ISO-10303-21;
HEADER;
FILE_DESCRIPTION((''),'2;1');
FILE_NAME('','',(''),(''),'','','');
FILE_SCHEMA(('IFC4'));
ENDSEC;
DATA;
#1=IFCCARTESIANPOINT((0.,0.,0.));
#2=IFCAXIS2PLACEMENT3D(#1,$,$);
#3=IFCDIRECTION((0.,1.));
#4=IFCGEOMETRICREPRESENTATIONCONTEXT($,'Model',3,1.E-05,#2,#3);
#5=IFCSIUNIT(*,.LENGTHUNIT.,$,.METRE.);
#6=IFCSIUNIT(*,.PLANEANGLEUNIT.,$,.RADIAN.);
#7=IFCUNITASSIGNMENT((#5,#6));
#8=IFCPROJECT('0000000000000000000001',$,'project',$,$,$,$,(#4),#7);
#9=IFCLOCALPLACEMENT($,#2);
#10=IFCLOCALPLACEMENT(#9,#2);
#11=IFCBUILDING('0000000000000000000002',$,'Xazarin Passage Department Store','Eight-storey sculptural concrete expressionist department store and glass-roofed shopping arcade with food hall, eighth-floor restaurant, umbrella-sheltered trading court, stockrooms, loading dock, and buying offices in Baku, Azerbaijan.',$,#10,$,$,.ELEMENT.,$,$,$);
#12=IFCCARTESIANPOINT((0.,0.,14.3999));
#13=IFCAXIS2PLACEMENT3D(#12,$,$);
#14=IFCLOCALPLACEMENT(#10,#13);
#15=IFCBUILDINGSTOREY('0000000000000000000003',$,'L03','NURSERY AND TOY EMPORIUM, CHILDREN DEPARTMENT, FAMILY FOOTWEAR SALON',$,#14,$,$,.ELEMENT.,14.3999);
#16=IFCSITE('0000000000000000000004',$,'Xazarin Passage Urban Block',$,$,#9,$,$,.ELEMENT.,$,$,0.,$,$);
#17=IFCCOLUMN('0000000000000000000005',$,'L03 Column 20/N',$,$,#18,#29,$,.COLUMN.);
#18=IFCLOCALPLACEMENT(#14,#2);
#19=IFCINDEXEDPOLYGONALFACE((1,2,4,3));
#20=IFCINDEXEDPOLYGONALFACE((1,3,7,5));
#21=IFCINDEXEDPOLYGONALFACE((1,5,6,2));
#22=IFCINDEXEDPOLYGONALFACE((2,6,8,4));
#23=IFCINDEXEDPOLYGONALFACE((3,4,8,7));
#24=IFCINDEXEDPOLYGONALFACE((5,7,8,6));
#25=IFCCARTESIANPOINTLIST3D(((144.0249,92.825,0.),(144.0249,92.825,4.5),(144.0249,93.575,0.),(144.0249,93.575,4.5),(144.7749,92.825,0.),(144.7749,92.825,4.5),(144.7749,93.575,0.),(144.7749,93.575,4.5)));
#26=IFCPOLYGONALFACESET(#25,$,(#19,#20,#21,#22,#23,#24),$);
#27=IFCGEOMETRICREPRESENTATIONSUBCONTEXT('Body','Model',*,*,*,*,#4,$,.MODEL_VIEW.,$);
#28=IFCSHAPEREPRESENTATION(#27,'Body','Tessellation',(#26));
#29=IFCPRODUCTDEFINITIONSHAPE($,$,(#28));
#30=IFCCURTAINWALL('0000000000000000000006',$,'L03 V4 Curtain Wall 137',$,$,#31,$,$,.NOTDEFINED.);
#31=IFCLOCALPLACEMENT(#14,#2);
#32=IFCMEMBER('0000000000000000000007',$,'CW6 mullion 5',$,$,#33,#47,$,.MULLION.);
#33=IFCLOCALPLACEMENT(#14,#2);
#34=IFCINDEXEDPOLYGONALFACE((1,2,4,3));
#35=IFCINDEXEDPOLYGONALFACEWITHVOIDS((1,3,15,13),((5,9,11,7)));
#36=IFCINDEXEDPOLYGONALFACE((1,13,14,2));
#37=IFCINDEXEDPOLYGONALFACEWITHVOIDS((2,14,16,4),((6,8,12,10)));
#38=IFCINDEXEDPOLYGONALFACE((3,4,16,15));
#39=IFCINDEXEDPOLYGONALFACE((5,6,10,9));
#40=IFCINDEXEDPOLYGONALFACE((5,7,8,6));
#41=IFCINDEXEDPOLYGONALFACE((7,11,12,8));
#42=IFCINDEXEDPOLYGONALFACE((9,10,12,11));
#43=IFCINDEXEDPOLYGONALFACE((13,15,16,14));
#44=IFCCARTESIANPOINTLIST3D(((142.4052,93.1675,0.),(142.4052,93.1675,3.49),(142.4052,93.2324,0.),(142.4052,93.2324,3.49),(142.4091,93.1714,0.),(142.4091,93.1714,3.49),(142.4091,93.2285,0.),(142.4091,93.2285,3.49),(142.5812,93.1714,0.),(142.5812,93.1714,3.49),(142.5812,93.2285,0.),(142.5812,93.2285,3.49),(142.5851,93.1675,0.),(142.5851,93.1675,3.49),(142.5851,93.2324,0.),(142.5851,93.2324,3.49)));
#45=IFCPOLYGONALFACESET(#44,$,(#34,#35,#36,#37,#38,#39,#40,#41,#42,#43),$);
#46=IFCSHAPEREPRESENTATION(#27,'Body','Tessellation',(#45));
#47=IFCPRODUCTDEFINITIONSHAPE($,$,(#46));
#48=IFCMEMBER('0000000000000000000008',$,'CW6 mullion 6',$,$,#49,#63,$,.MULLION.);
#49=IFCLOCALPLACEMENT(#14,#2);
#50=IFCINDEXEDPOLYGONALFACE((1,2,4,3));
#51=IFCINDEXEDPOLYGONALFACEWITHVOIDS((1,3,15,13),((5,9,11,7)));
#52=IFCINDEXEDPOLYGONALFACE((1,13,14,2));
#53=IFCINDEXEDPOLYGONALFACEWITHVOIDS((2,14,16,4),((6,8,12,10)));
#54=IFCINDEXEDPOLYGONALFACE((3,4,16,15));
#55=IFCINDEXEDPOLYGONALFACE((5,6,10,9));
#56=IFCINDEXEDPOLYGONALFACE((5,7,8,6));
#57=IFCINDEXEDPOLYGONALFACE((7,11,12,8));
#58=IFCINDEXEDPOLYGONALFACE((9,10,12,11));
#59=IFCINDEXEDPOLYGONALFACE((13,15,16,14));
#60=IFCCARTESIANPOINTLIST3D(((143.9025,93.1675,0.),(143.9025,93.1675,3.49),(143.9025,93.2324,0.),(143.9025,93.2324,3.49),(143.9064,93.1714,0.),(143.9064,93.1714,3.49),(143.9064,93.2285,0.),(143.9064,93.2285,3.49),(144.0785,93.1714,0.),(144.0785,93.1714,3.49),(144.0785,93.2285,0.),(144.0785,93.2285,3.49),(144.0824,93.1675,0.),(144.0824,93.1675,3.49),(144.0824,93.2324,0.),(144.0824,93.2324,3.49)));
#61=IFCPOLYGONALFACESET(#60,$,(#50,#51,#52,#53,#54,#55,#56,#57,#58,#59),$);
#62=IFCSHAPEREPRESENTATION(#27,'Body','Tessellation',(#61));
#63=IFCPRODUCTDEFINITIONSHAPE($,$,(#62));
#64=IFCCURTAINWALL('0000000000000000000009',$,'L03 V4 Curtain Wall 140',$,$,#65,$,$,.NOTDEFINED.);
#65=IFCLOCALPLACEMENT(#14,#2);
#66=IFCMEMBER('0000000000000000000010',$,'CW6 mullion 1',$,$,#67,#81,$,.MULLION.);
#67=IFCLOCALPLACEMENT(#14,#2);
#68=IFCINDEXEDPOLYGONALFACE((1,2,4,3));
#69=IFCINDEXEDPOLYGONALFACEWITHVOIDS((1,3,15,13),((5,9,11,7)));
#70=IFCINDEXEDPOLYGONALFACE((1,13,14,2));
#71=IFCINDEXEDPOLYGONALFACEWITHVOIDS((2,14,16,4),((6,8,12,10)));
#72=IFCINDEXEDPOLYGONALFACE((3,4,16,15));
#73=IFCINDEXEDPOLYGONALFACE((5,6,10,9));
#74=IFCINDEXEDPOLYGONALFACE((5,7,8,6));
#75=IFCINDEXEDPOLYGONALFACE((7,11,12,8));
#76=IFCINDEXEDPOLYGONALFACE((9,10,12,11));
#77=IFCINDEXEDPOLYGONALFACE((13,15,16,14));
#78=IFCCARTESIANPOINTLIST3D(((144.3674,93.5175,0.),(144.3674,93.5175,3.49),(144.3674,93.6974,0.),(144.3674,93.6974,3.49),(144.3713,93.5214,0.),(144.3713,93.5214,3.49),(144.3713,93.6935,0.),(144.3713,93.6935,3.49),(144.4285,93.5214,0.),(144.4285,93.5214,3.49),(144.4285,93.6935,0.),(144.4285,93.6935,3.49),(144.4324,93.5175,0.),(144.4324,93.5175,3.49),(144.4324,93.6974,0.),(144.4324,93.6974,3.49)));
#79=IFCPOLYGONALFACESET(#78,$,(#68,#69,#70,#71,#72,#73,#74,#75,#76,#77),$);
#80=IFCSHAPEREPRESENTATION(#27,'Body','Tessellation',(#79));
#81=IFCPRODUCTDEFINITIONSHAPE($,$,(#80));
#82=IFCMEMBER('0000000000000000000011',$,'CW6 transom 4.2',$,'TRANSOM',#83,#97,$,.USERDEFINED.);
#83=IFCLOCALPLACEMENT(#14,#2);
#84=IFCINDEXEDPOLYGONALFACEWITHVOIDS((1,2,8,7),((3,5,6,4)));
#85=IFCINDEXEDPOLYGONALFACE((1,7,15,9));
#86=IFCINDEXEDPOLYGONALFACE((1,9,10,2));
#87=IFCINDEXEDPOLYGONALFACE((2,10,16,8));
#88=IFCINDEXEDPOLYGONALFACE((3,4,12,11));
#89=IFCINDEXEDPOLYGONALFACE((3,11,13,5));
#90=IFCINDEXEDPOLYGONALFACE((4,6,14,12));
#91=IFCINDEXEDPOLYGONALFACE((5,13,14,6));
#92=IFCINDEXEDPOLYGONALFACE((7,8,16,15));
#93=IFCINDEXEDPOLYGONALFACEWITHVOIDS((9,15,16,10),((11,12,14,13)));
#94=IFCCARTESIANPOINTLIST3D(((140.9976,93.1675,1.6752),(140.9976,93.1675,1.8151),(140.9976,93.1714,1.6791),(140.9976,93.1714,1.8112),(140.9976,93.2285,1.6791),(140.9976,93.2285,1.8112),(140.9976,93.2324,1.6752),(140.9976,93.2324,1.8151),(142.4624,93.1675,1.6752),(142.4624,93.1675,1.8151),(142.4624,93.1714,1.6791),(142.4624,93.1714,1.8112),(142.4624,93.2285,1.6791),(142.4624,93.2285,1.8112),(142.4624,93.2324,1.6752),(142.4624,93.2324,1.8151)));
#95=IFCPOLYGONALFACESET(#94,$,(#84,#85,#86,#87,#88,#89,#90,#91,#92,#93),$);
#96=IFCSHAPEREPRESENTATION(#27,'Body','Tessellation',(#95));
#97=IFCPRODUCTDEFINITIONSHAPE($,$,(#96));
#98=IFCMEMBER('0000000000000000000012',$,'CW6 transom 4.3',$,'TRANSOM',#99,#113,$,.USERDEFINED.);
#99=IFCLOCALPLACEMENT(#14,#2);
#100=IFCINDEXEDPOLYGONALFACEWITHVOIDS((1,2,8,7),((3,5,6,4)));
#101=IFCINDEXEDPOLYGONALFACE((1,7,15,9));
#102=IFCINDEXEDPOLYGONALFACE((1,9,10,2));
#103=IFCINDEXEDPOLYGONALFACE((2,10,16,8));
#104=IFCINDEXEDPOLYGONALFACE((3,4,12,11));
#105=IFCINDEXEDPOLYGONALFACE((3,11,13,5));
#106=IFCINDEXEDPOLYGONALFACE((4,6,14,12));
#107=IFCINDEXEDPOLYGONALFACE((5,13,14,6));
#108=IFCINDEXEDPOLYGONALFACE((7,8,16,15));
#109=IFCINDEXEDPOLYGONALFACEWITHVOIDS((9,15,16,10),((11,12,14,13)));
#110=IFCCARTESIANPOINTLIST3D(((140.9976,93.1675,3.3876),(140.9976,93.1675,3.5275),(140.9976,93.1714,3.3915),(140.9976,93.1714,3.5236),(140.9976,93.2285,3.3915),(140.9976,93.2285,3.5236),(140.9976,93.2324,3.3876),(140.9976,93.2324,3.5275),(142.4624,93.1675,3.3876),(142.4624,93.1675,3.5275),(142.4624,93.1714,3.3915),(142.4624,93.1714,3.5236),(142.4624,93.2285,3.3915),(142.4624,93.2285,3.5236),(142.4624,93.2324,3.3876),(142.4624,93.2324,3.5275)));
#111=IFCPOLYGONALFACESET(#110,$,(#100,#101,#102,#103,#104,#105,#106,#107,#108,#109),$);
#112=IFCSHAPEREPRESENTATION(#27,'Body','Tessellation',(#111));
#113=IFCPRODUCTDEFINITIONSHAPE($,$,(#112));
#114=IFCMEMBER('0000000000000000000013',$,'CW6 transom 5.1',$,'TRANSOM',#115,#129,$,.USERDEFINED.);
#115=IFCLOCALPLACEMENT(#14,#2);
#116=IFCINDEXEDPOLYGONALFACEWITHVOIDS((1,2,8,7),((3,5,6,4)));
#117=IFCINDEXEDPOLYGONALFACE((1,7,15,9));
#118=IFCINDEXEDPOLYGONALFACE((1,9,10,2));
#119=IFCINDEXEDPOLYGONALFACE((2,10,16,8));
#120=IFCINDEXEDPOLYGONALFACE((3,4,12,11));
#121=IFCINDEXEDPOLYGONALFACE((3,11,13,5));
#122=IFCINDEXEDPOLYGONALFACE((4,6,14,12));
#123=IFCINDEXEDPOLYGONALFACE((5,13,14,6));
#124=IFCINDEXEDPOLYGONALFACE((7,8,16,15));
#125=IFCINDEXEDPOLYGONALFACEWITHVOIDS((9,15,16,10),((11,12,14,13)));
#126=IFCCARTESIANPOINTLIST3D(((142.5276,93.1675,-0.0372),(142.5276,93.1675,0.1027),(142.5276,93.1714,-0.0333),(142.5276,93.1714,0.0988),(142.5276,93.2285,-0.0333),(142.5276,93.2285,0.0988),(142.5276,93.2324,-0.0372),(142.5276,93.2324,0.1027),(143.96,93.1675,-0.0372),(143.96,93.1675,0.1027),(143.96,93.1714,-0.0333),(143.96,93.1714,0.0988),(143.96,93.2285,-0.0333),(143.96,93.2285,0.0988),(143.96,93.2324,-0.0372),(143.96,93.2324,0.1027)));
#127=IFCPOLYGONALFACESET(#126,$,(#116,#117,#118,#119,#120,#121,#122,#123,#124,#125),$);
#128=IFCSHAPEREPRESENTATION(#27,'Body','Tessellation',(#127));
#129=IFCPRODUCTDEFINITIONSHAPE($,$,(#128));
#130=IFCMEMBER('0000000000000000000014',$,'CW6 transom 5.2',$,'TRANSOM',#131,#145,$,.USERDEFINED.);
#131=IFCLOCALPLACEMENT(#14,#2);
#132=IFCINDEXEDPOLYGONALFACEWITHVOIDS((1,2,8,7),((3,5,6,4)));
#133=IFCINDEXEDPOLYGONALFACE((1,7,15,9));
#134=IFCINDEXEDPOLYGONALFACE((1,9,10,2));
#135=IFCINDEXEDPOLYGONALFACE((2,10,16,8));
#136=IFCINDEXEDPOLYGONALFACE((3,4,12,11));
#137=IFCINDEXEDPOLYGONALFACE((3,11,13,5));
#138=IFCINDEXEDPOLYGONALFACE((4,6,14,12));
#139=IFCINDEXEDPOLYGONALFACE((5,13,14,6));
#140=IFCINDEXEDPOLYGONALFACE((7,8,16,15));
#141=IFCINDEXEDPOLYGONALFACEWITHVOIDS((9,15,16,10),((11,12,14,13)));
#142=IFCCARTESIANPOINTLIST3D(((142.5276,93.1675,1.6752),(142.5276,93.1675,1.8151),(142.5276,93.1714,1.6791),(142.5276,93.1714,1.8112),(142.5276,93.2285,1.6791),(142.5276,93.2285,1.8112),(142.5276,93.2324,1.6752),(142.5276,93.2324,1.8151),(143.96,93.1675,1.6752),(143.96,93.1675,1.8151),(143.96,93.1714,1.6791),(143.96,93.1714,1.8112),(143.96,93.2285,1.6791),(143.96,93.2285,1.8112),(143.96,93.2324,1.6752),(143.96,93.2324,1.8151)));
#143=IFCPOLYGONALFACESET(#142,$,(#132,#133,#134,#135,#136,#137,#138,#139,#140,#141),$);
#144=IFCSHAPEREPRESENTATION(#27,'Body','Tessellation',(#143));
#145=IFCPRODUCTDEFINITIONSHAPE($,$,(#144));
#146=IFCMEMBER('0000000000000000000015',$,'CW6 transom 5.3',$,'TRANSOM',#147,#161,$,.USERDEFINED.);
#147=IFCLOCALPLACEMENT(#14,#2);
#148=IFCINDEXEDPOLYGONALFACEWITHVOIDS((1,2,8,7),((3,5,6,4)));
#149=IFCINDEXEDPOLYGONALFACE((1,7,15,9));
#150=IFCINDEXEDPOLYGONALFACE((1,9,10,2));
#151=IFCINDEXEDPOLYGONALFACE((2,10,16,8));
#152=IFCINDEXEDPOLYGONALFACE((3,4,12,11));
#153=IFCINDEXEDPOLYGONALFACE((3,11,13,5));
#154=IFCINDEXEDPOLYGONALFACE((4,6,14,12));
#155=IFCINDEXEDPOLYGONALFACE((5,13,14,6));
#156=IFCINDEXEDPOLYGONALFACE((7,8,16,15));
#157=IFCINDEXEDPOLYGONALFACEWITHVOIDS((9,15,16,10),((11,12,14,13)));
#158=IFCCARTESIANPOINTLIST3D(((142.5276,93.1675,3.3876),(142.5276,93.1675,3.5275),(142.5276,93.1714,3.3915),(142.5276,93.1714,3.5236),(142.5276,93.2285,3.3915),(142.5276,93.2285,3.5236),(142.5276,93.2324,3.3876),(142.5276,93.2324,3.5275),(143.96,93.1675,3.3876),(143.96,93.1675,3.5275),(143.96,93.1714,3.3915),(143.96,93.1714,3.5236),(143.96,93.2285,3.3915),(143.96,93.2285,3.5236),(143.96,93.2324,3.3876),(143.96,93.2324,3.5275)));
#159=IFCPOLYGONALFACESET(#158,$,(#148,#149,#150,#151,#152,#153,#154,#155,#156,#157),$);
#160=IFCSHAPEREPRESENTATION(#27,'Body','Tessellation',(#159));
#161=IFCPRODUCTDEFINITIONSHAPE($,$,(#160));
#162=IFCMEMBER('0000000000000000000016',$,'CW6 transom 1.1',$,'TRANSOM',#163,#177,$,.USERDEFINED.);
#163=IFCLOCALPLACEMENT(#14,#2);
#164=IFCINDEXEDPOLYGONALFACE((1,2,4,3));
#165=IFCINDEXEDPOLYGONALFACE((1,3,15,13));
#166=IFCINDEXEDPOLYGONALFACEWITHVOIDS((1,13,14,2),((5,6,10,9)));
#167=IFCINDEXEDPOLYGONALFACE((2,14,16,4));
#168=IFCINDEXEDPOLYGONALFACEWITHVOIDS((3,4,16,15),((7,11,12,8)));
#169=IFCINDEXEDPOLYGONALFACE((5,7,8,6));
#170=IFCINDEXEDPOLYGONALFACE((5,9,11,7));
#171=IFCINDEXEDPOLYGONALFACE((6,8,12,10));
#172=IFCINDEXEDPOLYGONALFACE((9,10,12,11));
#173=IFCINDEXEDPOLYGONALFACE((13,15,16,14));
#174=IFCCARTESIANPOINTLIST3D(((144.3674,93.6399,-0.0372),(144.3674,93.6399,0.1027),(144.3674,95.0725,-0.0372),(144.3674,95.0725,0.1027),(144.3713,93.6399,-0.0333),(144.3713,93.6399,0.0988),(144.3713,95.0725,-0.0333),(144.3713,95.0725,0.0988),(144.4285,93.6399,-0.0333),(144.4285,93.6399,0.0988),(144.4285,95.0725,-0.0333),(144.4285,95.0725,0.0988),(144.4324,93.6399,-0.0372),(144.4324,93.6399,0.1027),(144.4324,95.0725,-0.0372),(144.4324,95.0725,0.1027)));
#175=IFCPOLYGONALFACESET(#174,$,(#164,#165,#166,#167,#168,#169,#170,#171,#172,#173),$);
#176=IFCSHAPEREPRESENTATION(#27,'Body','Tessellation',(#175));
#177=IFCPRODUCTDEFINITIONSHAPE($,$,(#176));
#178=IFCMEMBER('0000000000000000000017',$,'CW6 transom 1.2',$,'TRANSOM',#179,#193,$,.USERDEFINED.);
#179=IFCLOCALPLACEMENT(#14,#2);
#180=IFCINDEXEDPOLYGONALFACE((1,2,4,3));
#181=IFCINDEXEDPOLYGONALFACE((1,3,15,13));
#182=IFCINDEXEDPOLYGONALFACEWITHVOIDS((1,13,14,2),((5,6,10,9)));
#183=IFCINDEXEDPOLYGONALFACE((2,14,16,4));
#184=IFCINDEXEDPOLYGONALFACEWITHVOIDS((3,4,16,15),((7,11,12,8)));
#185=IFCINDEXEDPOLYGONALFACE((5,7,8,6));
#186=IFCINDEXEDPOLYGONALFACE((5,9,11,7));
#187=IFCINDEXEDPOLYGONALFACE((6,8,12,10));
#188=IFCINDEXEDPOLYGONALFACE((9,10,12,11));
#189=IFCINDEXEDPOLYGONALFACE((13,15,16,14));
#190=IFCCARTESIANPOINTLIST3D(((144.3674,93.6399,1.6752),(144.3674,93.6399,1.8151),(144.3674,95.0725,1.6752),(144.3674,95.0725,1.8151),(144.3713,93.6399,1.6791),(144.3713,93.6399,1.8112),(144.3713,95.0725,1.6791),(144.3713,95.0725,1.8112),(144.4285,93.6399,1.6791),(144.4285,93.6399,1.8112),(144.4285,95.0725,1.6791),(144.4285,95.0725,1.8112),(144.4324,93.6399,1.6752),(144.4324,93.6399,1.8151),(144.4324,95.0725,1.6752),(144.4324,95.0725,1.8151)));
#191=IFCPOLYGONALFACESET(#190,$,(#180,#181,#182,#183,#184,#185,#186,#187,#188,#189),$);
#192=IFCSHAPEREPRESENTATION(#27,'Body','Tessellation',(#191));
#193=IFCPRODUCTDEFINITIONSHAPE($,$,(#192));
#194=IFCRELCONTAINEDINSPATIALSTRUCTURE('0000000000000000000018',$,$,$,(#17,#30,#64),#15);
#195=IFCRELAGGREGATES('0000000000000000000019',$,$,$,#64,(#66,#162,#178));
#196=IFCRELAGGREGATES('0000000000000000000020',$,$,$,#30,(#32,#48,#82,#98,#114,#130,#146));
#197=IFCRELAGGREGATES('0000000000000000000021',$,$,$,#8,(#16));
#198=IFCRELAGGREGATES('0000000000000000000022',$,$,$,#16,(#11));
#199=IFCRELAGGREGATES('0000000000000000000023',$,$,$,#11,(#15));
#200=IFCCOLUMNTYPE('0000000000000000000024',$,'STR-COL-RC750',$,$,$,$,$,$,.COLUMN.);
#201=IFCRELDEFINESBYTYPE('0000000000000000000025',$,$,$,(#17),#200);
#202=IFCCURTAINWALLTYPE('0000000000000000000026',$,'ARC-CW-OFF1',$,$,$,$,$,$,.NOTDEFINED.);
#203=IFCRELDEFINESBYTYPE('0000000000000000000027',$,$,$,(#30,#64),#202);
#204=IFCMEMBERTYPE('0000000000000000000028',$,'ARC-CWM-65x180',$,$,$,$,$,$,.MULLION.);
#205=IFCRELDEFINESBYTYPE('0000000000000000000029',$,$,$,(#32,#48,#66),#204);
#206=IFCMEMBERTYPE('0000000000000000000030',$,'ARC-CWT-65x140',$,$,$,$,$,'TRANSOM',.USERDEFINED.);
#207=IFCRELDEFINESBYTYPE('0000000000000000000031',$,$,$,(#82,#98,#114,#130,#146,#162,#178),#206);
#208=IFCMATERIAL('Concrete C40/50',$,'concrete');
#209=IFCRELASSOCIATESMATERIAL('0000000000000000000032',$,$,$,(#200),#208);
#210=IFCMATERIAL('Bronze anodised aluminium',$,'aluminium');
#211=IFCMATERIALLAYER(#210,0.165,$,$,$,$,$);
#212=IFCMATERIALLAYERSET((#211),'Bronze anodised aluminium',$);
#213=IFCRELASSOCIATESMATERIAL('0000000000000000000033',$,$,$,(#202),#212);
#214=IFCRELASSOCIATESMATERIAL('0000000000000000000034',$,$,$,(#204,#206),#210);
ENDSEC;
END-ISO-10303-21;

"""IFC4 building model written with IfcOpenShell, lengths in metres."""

from ifc_helpers import new_model, si_unit, direction, frame, origin, origin_2d, place, context, subcontext, project, spatial, rectangle, hollow_rectangle, extrude, material, layer, layer_set, material_profile, profile_set, type_object, element, aggregate, save


model = new_model("IFC4")

# Units and contexts
model_context = context("Model", 3, precision=1e-05, world=origin(), true_north=direction((0.0, 1.0)))
body_context = subcontext(model_context, "Body", "Model", "MODEL_VIEW")
ifc_project = project(units=[si_unit("LENGTHUNIT", "METRE"), si_unit("PLANEANGLEUNIT", "RADIAN")], contexts=[model_context])

# Site, building, storey
site_placement = place(None, origin())
site = spatial("IfcSite", under=ifc_project, at=site_placement, Name="Xazarin Passage Urban Block", CompositionType="ELEMENT", RefElevation=0.0)
building_placement = place(site_placement, origin())
building = spatial("IfcBuilding", under=site, at=building_placement, Name="Xazarin Passage Department Store", Description="Eight-storey sculptural concrete expressionist department store and glass-roofed shopping arcade with food hall, eighth-floor restaurant, umbrella-sheltered trading court, stockrooms, loading dock, and buying offices in Baku, Azerbaijan.", CompositionType="ELEMENT")
storey_placement = place(building_placement, frame((0.0, 0.0, 14.3999)))
storey = spatial("IfcBuildingStorey", under=building, at=storey_placement, Name="L03", Description="NURSERY AND TOY EMPORIUM, CHILDREN DEPARTMENT, FAMILY FOOTWEAR SALON", CompositionType="ELEMENT", Elevation=14.3999)

# Column
ifc_material_1 = material(Name="Concrete C40/50", Category="concrete")
ifc_material_profile_1 = material_profile(ifc_material_1, rectangle(XDim=0.75, YDim=0.75, at=origin_2d()), Name="RC 750x750")
ifc_profile_set_1 = profile_set([ifc_material_profile_1], Name="Concrete C40/50")
column_type = type_object("IfcColumnType", Name="STR-COL-RC750", PredefinedType="COLUMN", material=ifc_profile_set_1)
column_placement = place(storey_placement, frame((144.3999, 93.2, 0.0), z_axis=(0.0, 0.0, 1.0), x_axis=(1.0, 0.0, 0.0)))
element("IfcColumn", 1, at=column_placement, inside=storey, type_object=column_type, Name="L03 Column 20/N", PredefinedType="COLUMN", context=body_context, shape_type="SweptSolid", body=[
    extrude(rectangle(XDim=0.75, YDim=0.75, at=origin_2d()), origin(), (0.0, 0.0, 1.0), 4.5),
])

# Curtain wall, members
ifc_material_2 = material(Name="Bronze anodised aluminium", Category="aluminium")
ifc_layer_1 = layer(ifc_material_2, 0.165)
ifc_layer_set_1 = layer_set([ifc_layer_1], Name="Bronze anodised aluminium")
curtain_wall_type = type_object("IfcCurtainWallType", Name="ARC-CW-OFF1", PredefinedType="NOTDEFINED", material=ifc_layer_set_1)
curtain_wall_1_placement = place(storey_placement, origin())
curtain_wall_1 = element("IfcCurtainWall", 2, at=curtain_wall_1_placement, inside=storey, type_object=curtain_wall_type, Name="L03 V4 Curtain Wall 137", PredefinedType="NOTDEFINED")
ifc_material_profile_2 = material_profile(ifc_material_2, hollow_rectangle(XDim=0.0649, YDim=0.1799, WallThickness=0.0039, at=origin_2d()), Name="ALU 65x180")
ifc_profile_set_2 = profile_set([ifc_material_profile_2], Name="Bronze anodised aluminium")
member_type_1 = type_object("IfcMemberType", Name="ARC-CWM-65x180", PredefinedType="MULLION", material=ifc_profile_set_2)
member_1_placement = place(storey_placement, frame((142.4951, 93.2, 0.0), z_axis=(0.0, 0.0, 1.0), x_axis=(0.0, 1.0, 0.0)))
member_1 = element("IfcMember", 3, at=member_1_placement, type_object=member_type_1, Name="CW6 mullion 5", PredefinedType="MULLION", context=body_context, shape_type="SweptSolid", body=[
    extrude(hollow_rectangle(XDim=0.0649, YDim=0.1799, WallThickness=0.0039, at=origin_2d()), origin(), (0.0, 0.0, 1.0), 3.49),
])
member_2_placement = place(storey_placement, frame((143.9924, 93.2, 0.0), z_axis=(0.0, 0.0, 1.0), x_axis=(0.0, 1.0, 0.0)))
member_2 = element("IfcMember", 4, at=member_2_placement, type_object=member_type_1, Name="CW6 mullion 6", PredefinedType="MULLION", context=body_context, shape_type="SweptSolid", body=[
    extrude(hollow_rectangle(XDim=0.0649, YDim=0.1799, WallThickness=0.0039, at=origin_2d()), origin(), (0.0, 0.0, 1.0), 3.49),
])

# Curtain wall, member
curtain_wall_2_placement = place(storey_placement, origin())
curtain_wall_2 = element("IfcCurtainWall", 5, at=curtain_wall_2_placement, inside=storey, type_object=curtain_wall_type, Name="L03 V4 Curtain Wall 140", PredefinedType="NOTDEFINED")
member_3_placement = place(storey_placement, frame((144.3999, 93.6074, 0.0), z_axis=(0.0, 0.0, 1.0), x_axis=(-1.0, 0.0, 0.0)))
member_3 = element("IfcMember", 6, at=member_3_placement, type_object=member_type_1, Name="CW6 mullion 1", PredefinedType="MULLION", context=body_context, shape_type="SweptSolid", body=[
    extrude(hollow_rectangle(XDim=0.0649, YDim=0.1799, WallThickness=0.0039, at=origin_2d()), origin(), (0.0, 0.0, 1.0), 3.49),
])

# Members
ifc_material_profile_3 = material_profile(ifc_material_2, hollow_rectangle(XDim=0.0649, YDim=0.1399, WallThickness=0.0039, at=origin_2d()), Name="ALU 65x140")
ifc_profile_set_3 = profile_set([ifc_material_profile_3], Name="Bronze anodised aluminium")
member_type_2 = type_object("IfcMemberType", Name="ARC-CWT-65x140", ElementType="TRANSOM", PredefinedType="USERDEFINED", material=ifc_profile_set_3)
member_4_placement = place(storey_placement, frame((140.9976, 93.2, 1.7451), z_axis=(1.0, 0.0, 0.0), x_axis=(0.0, 1.0, 0.0)))
member_4 = element("IfcMember", 7, at=member_4_placement, type_object=member_type_2, Name="CW6 transom 4.2", ObjectType="TRANSOM", PredefinedType="USERDEFINED", context=body_context, shape_type="SweptSolid", body=[
    extrude(hollow_rectangle(XDim=0.0649, YDim=0.1399, WallThickness=0.0039, at=origin_2d()), origin(), (0.0, 0.0, 1.0), 1.4648),
])
member_5_placement = place(storey_placement, frame((140.9976, 93.2, 3.4575), z_axis=(1.0, 0.0, 0.0), x_axis=(0.0, 1.0, 0.0)))
member_5 = element("IfcMember", 8, at=member_5_placement, type_object=member_type_2, Name="CW6 transom 4.3", ObjectType="TRANSOM", PredefinedType="USERDEFINED", context=body_context, shape_type="SweptSolid", body=[
    extrude(hollow_rectangle(XDim=0.0649, YDim=0.1399, WallThickness=0.0039, at=origin_2d()), origin(), (0.0, 0.0, 1.0), 1.4648),
])
member_6_placement = place(storey_placement, frame((142.5276, 93.2, 0.0327), z_axis=(1.0, 0.0, 0.0), x_axis=(0.0, 1.0, 0.0)))
member_6 = element("IfcMember", 9, at=member_6_placement, type_object=member_type_2, Name="CW6 transom 5.1", ObjectType="TRANSOM", PredefinedType="USERDEFINED", context=body_context, shape_type="SweptSolid", body=[
    extrude(hollow_rectangle(XDim=0.0649, YDim=0.1399, WallThickness=0.0039, at=origin_2d()), origin(), (0.0, 0.0, 1.0), 1.4324),
])
member_7_placement = place(storey_placement, frame((142.5276, 93.2, 1.7451), z_axis=(1.0, 0.0, 0.0), x_axis=(0.0, 1.0, 0.0)))
member_7 = element("IfcMember", 10, at=member_7_placement, type_object=member_type_2, Name="CW6 transom 5.2", ObjectType="TRANSOM", PredefinedType="USERDEFINED", context=body_context, shape_type="SweptSolid", body=[
    extrude(hollow_rectangle(XDim=0.0649, YDim=0.1399, WallThickness=0.0039, at=origin_2d()), origin(), (0.0, 0.0, 1.0), 1.4324),
])
member_8_placement = place(storey_placement, frame((142.5276, 93.2, 3.4575), z_axis=(1.0, 0.0, 0.0), x_axis=(0.0, 1.0, 0.0)))
member_8 = element("IfcMember", 11, at=member_8_placement, type_object=member_type_2, Name="CW6 transom 5.3", ObjectType="TRANSOM", PredefinedType="USERDEFINED", context=body_context, shape_type="SweptSolid", body=[
    extrude(hollow_rectangle(XDim=0.0649, YDim=0.1399, WallThickness=0.0039, at=origin_2d()), origin(), (0.0, 0.0, 1.0), 1.4324),
])
member_9_placement = place(storey_placement, frame((144.3999, 93.6399, 0.0327), z_axis=(0.0, 1.0, 0.0), x_axis=(-1.0, 0.0, 0.0)))
member_9 = element("IfcMember", 12, at=member_9_placement, type_object=member_type_2, Name="CW6 transom 1.1", ObjectType="TRANSOM", PredefinedType="USERDEFINED", context=body_context, shape_type="SweptSolid", body=[
    extrude(hollow_rectangle(XDim=0.0649, YDim=0.1399, WallThickness=0.0039, at=origin_2d()), origin(), (0.0, 0.0, 1.0), 1.4326),
])
member_10_placement = place(storey_placement, frame((144.3999, 93.6399, 1.7451), z_axis=(0.0, 1.0, 0.0), x_axis=(-1.0, 0.0, 0.0)))
member_10 = element("IfcMember", 13, at=member_10_placement, type_object=member_type_2, Name="CW6 transom 1.2", ObjectType="TRANSOM", PredefinedType="USERDEFINED", context=body_context, shape_type="SweptSolid", body=[
    extrude(hollow_rectangle(XDim=0.0649, YDim=0.1399, WallThickness=0.0039, at=origin_2d()), origin(), (0.0, 0.0, 1.0), 1.4326),
])
aggregate(curtain_wall_2, [member_3, member_9, member_10])

aggregate(curtain_wall_1, [member_1, member_2, member_4, member_5, member_6, member_7, member_8])

save(model, "model.ifc")
